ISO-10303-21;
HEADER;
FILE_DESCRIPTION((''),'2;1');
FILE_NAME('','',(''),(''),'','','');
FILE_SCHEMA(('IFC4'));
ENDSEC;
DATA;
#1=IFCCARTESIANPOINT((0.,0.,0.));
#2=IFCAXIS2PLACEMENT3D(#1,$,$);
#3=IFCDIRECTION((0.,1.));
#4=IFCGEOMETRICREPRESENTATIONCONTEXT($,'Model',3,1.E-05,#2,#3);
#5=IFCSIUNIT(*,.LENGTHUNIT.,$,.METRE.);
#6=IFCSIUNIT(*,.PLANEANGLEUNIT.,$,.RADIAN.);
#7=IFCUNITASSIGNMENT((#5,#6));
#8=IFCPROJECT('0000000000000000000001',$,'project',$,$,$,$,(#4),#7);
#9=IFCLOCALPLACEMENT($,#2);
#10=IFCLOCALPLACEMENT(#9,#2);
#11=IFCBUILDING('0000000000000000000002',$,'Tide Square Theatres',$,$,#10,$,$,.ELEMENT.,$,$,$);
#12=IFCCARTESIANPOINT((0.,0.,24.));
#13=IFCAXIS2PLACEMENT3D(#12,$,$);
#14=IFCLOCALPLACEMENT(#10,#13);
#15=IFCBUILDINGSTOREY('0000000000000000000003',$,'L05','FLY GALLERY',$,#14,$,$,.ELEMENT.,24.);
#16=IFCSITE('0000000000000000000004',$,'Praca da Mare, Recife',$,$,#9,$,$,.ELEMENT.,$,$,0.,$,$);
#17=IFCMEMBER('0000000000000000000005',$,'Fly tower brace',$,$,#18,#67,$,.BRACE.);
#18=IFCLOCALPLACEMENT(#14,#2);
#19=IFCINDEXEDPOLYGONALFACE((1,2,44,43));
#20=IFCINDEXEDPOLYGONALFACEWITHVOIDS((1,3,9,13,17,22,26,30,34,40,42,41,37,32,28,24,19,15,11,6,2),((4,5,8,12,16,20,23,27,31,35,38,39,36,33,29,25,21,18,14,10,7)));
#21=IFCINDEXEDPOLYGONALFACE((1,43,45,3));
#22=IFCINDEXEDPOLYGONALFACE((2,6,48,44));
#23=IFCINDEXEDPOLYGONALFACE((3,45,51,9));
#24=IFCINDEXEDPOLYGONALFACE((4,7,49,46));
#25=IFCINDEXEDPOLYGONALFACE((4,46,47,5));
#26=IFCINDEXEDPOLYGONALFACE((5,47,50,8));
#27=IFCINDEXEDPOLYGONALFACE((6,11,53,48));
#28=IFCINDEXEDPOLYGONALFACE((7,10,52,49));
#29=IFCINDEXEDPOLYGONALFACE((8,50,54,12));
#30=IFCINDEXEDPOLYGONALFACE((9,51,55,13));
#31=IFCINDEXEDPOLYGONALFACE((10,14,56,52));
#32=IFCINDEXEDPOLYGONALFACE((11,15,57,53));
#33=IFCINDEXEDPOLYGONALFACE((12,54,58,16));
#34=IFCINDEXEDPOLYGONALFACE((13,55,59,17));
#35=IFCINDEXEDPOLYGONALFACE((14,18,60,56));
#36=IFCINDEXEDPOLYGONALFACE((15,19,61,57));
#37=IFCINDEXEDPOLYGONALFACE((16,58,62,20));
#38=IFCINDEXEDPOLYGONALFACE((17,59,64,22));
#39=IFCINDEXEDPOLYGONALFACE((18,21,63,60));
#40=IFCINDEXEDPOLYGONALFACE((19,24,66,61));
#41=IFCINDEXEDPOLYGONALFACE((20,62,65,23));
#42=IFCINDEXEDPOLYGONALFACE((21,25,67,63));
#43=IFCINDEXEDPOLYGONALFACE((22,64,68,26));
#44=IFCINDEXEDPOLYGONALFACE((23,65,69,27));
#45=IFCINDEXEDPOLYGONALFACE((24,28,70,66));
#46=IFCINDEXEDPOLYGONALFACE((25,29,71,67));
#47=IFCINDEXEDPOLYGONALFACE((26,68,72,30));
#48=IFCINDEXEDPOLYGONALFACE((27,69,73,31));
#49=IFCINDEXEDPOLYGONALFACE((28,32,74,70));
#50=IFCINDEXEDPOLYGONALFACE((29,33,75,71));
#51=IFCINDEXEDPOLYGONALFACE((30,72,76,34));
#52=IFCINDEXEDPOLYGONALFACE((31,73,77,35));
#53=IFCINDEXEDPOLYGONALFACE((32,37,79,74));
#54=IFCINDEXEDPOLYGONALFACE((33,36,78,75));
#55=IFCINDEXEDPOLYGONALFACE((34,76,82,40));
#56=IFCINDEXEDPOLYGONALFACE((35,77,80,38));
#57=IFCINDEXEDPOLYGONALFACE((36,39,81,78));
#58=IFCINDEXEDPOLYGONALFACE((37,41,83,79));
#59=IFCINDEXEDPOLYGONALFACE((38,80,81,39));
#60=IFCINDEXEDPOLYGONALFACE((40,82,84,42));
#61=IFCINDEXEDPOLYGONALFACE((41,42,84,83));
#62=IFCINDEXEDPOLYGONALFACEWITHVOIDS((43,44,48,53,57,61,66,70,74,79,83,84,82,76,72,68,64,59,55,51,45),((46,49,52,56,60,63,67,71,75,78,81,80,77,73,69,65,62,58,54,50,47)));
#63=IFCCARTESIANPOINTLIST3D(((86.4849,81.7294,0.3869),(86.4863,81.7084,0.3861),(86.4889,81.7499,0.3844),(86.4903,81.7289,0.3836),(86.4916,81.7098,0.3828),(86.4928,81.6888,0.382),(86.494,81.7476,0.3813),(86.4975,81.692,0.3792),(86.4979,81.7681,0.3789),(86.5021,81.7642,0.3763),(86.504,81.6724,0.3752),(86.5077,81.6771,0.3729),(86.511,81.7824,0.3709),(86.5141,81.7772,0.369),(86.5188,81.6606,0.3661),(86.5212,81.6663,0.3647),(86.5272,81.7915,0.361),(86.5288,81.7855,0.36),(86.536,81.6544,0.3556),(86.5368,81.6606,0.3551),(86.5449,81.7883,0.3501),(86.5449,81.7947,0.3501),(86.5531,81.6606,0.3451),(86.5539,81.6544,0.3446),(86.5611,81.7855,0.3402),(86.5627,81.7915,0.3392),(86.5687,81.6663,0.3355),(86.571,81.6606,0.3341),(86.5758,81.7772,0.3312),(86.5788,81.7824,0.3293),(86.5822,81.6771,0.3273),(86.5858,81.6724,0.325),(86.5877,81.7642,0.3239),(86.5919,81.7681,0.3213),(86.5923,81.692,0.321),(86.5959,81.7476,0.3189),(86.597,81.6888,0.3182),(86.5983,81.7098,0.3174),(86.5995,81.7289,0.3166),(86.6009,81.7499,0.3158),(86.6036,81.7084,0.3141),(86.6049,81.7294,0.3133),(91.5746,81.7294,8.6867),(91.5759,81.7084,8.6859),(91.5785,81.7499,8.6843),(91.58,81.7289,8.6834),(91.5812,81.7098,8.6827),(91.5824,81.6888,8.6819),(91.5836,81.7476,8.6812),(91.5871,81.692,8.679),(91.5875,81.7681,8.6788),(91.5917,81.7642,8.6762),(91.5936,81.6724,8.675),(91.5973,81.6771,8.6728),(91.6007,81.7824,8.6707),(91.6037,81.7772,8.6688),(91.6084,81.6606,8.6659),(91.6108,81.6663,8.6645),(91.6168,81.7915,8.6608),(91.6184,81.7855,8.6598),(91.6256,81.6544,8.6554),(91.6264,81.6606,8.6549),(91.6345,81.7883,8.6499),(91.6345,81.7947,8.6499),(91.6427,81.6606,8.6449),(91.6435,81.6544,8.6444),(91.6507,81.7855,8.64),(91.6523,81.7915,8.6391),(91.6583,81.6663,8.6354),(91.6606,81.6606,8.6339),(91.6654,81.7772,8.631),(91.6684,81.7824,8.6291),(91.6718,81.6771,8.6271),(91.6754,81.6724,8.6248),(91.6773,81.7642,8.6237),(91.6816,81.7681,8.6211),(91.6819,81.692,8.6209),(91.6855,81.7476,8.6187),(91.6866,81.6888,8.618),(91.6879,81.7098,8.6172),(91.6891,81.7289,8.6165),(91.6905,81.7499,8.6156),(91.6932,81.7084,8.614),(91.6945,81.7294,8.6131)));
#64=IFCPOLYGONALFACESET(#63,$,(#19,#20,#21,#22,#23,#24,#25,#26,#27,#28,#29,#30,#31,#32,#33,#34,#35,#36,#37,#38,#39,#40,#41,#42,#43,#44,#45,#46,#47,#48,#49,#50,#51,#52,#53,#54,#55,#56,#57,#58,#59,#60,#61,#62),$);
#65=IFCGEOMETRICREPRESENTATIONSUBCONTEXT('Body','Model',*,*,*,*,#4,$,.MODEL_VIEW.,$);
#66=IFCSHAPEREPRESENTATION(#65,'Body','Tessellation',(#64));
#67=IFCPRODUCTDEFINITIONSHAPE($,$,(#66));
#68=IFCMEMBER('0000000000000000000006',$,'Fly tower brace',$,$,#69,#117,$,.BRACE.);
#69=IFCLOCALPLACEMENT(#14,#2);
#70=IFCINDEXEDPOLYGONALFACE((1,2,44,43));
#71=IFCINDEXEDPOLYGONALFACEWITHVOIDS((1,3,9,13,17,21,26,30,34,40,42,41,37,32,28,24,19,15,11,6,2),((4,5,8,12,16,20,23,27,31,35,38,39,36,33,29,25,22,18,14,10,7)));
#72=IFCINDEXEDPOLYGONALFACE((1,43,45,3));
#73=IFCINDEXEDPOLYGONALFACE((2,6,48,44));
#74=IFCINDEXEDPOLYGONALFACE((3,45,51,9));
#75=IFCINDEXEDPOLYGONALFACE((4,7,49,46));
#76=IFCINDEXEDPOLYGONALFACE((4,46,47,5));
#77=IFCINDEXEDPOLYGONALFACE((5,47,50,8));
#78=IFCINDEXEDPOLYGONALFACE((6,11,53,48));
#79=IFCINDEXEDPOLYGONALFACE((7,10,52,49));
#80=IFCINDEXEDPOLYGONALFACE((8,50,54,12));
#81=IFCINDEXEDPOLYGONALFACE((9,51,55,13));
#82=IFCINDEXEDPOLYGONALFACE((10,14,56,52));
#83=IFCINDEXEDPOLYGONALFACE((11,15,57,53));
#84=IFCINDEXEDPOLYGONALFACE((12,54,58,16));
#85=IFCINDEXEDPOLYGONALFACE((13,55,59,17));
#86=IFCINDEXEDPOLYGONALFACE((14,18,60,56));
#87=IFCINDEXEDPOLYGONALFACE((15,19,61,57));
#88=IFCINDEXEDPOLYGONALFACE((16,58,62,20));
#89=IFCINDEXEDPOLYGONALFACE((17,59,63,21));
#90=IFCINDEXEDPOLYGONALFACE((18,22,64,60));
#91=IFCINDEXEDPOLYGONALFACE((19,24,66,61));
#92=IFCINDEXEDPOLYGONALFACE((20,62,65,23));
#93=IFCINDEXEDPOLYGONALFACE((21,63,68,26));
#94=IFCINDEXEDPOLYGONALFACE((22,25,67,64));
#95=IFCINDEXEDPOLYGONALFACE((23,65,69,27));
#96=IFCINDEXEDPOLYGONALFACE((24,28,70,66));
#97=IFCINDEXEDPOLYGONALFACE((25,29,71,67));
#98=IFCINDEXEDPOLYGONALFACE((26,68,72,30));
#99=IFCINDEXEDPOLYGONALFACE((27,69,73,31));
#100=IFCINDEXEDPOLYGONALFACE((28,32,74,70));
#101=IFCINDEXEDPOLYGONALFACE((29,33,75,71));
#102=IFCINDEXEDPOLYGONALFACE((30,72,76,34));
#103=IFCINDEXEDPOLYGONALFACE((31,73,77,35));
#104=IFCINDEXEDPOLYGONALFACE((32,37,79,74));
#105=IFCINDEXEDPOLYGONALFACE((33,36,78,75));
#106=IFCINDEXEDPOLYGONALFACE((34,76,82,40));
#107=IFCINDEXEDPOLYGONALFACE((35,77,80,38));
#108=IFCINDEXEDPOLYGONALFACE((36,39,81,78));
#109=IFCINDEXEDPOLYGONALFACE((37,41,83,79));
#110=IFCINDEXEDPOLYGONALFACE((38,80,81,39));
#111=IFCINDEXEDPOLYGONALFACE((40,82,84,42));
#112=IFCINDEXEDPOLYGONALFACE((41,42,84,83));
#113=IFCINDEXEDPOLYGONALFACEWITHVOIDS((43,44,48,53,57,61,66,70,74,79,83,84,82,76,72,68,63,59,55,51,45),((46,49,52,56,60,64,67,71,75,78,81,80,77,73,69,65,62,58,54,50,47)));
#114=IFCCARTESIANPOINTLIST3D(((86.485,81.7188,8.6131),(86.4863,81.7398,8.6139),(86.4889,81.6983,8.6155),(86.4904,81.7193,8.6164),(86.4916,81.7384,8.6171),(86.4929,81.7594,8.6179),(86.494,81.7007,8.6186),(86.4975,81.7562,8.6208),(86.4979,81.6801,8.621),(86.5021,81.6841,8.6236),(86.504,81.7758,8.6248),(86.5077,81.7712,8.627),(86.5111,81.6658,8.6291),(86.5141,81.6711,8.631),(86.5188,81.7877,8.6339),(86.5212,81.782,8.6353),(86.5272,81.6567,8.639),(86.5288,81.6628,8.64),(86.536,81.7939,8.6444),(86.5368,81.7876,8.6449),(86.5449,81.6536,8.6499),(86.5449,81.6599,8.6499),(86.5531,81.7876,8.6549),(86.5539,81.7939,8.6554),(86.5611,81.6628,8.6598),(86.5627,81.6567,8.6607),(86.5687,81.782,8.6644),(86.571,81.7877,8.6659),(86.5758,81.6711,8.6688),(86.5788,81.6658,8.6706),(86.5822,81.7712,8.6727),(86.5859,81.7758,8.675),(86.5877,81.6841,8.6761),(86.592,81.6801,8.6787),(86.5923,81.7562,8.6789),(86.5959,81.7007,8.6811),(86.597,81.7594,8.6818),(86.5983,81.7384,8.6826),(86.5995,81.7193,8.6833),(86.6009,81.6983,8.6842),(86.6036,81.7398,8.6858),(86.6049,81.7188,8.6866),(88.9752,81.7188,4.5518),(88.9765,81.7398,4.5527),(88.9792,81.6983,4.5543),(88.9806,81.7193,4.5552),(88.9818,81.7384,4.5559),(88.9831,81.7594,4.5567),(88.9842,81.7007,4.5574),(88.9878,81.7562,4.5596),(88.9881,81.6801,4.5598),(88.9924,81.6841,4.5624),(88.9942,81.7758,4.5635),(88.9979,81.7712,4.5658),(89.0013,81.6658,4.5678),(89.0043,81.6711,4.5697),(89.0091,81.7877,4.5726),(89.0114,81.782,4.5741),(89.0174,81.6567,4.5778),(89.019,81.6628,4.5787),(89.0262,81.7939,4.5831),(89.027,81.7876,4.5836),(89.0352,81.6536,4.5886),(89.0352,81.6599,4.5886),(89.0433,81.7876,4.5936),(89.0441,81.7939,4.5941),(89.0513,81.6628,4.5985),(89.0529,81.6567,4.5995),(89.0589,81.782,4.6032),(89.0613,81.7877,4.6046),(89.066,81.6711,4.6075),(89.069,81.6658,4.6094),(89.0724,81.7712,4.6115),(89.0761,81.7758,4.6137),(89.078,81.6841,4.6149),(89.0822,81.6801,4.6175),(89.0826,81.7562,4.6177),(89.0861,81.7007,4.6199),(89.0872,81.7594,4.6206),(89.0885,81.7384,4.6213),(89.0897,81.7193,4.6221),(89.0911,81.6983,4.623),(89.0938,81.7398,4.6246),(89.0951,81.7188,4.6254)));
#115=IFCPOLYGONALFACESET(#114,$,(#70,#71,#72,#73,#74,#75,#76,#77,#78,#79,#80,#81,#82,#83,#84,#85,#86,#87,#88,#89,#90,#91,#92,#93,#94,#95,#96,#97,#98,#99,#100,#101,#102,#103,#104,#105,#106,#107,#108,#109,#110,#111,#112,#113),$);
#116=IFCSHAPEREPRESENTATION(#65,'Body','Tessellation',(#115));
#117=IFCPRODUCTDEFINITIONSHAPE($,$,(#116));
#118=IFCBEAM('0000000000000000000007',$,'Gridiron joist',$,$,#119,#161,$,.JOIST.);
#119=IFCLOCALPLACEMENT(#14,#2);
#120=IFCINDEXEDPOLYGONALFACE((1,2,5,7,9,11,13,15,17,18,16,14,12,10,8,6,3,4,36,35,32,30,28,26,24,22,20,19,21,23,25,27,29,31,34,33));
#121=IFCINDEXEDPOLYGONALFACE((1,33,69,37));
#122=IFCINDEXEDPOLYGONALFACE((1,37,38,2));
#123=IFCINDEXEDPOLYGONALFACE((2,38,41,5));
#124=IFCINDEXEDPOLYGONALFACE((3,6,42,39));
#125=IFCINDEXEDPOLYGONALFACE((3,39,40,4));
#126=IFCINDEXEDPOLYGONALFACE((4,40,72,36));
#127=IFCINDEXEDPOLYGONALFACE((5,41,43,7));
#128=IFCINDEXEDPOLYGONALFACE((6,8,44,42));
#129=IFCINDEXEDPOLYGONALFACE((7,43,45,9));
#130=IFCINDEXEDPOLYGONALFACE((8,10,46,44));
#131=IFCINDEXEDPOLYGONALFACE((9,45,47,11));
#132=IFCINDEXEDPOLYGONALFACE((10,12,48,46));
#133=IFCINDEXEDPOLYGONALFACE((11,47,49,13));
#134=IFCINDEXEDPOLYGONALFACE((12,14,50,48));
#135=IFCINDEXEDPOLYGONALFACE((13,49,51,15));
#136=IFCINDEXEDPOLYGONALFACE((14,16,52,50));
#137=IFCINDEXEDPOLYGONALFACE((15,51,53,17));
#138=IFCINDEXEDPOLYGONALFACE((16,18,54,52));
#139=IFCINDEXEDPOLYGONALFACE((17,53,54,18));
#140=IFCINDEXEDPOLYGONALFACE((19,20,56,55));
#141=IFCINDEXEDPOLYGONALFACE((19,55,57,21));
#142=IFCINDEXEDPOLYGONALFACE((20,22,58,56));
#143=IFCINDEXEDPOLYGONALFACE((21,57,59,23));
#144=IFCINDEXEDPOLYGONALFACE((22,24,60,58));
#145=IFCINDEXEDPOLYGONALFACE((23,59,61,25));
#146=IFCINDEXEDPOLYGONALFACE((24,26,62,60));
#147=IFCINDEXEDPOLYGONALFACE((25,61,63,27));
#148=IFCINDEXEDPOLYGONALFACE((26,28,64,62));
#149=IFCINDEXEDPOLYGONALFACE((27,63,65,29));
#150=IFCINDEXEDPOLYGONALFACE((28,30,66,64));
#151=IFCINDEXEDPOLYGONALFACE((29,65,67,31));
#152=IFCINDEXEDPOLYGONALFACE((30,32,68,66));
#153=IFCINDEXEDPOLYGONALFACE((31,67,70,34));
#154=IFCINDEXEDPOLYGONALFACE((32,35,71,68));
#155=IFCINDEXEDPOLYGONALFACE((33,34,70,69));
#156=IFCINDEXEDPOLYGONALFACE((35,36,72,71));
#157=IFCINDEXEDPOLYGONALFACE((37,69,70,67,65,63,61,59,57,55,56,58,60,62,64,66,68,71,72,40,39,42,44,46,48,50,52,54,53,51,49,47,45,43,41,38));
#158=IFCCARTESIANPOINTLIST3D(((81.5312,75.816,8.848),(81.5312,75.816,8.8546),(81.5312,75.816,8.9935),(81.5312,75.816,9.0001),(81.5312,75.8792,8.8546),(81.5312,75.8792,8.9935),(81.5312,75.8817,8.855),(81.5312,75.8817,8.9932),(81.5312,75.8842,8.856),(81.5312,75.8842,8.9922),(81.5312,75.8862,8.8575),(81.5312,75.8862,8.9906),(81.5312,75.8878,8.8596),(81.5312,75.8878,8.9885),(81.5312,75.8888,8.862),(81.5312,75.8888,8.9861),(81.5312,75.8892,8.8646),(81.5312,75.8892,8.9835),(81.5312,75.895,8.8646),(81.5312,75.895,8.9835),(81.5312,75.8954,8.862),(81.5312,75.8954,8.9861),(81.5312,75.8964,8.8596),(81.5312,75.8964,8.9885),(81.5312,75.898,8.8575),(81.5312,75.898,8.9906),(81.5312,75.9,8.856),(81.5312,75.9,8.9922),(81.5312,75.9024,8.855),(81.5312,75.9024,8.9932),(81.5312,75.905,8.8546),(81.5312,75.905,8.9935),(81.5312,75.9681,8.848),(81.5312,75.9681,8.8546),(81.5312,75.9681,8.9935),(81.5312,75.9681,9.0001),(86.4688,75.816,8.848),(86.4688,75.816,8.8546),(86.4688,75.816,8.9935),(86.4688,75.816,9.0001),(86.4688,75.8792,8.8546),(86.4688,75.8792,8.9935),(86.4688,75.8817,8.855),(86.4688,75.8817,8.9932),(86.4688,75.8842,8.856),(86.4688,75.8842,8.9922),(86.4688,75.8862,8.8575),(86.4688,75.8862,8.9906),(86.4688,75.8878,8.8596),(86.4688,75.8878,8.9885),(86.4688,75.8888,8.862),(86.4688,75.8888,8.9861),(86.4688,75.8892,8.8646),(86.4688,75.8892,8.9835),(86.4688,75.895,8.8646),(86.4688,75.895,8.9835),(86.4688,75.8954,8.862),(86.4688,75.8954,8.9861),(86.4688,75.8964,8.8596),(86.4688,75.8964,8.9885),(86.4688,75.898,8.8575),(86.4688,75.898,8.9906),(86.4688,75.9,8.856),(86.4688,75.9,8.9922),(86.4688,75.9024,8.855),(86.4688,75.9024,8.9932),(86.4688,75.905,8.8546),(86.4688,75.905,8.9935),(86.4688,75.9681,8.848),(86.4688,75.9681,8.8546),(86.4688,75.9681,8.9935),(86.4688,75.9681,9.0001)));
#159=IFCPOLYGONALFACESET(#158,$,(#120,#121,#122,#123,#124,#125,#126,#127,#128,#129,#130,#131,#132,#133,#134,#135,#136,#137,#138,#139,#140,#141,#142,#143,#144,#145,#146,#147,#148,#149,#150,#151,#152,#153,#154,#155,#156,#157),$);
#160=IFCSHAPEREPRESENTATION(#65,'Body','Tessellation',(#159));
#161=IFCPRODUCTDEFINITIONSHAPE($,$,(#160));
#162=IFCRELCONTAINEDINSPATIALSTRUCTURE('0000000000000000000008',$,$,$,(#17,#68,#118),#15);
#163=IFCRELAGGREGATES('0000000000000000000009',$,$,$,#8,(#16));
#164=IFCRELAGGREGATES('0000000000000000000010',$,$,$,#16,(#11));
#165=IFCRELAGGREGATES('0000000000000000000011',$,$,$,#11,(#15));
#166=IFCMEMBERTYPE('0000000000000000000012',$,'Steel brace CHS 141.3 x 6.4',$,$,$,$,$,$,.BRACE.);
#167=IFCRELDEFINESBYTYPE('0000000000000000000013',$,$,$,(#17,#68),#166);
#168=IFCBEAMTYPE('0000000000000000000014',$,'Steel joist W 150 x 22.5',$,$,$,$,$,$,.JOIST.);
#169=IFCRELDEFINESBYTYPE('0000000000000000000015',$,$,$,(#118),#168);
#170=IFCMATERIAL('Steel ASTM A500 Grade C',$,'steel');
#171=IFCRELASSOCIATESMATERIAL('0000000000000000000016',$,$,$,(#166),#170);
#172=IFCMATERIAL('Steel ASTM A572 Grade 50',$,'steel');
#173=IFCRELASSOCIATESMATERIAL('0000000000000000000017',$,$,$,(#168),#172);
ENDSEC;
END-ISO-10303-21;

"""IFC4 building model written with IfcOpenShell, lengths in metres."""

from ifc_helpers import new_model, si_unit, direction, frame, origin, origin_2d, place, context, subcontext, project, spatial, hollow_circle, i_section, extrude, material, material_profile, profile_set, type_object, element, save


model = new_model("IFC4")

# Units and contexts
model_context = context("Model", 3, precision=1e-05, world=origin(), true_north=direction((0.0, 1.0)))
body_context = subcontext(model_context, "Body", "Model", "MODEL_VIEW")
ifc_project = project(units=[si_unit("LENGTHUNIT", "METRE"), si_unit("PLANEANGLEUNIT", "RADIAN")], contexts=[model_context])

# Site, building, storey
site_placement = place(None, origin())
site = spatial("IfcSite", under=ifc_project, at=site_placement, Name="Praca da Mare, Recife", CompositionType="ELEMENT", RefElevation=0.0)
building_placement = place(site_placement, origin())
building = spatial("IfcBuilding", under=site, at=building_placement, Name="Tide Square Theatres", CompositionType="ELEMENT")
storey_placement = place(building_placement, frame((0.0, 0.0, 24.0)))
storey = spatial("IfcBuildingStorey", under=building, at=storey_placement, Name="L05", Description="FLY GALLERY", CompositionType="ELEMENT", Elevation=24.0)

# Members
ifc_material_1 = material(Name="Steel ASTM A500 Grade C", Category="steel")
ifc_material_profile_1 = material_profile(ifc_material_1, hollow_circle(Radius=0.0706, WallThickness=0.0063, at=origin_2d()))
ifc_profile_set_1 = profile_set([ifc_material_profile_1], Name="Steel ASTM A500 Grade C")
member_type_1 = type_object("IfcMemberType", Name="Steel brace CHS 141.3 x 6.4", PredefinedType="BRACE", material=ifc_profile_set_1)
member_1_placement = place(storey_placement, frame((86.5449, 81.7241, 0.3501), z_axis=(0.522758, 0.0, 0.852481), x_axis=(0.0, 1.0, 0.0)))
element("IfcMember", 1, at=member_1_placement, inside=storey, type_object=member_type_1, Name="Fly tower brace", PredefinedType="BRACE", context=body_context, shape_type="SweptSolid", body=[
    extrude(hollow_circle(Radius=0.0706, WallThickness=0.0063, at=origin_2d()), origin(), (0.0, 0.0, 1.0), 9.7361),
])
member_2_placement = place(storey_placement, frame((89.0352, 81.7241, 4.5886), z_axis=(-0.522724, 0.0, 0.852502), x_axis=(0.0, -1.0, 0.0)))
element("IfcMember", 2, at=member_2_placement, inside=storey, type_object=member_type_1, Name="Fly tower brace", PredefinedType="BRACE", context=body_context, shape_type="SweptSolid", body=[
    extrude(hollow_circle(Radius=0.0706, WallThickness=0.0063, at=origin_2d()), origin(), (0.0, 0.0, 1.0), 4.7639),
])

# Beam
ifc_material_2 = material(Name="Steel ASTM A572 Grade 50", Category="steel")
ifc_material_profile_2 = material_profile(ifc_material_2, i_section(OverallWidth=0.1521, OverallDepth=0.1521, WebThickness=0.0059, FlangeThickness=0.0066, FilletRadius=0.01, at=origin_2d()))
ifc_profile_set_2 = profile_set([ifc_material_profile_2], Name="Steel ASTM A572 Grade 50")
beam_type_1 = type_object("IfcBeamType", Name="Steel joist W 150 x 22.5", PredefinedType="JOIST", material=ifc_profile_set_2)
for number, where, z_axis, x_axis, name in (
    (3, (81.5312, 75.8921, 8.9241), (1.0, 0.0, 0.0), (0.0, 1.0, 0.0), "Gridiron joist"),
):
    element("IfcBeam", number, at=place(storey_placement, frame(where, z_axis=z_axis, x_axis=x_axis)), inside=storey, type_object=beam_type_1, Name=name, PredefinedType="JOIST", context=body_context, shape_type="SweptSolid", body=[
        extrude(i_section(OverallWidth=0.1521, OverallDepth=0.1521, WebThickness=0.0059, FlangeThickness=0.0066, FilletRadius=0.01, at=origin_2d()), origin(), (0.0, 0.0, 1.0), 4.9375),
    ])

save(model, "model.ifc")
